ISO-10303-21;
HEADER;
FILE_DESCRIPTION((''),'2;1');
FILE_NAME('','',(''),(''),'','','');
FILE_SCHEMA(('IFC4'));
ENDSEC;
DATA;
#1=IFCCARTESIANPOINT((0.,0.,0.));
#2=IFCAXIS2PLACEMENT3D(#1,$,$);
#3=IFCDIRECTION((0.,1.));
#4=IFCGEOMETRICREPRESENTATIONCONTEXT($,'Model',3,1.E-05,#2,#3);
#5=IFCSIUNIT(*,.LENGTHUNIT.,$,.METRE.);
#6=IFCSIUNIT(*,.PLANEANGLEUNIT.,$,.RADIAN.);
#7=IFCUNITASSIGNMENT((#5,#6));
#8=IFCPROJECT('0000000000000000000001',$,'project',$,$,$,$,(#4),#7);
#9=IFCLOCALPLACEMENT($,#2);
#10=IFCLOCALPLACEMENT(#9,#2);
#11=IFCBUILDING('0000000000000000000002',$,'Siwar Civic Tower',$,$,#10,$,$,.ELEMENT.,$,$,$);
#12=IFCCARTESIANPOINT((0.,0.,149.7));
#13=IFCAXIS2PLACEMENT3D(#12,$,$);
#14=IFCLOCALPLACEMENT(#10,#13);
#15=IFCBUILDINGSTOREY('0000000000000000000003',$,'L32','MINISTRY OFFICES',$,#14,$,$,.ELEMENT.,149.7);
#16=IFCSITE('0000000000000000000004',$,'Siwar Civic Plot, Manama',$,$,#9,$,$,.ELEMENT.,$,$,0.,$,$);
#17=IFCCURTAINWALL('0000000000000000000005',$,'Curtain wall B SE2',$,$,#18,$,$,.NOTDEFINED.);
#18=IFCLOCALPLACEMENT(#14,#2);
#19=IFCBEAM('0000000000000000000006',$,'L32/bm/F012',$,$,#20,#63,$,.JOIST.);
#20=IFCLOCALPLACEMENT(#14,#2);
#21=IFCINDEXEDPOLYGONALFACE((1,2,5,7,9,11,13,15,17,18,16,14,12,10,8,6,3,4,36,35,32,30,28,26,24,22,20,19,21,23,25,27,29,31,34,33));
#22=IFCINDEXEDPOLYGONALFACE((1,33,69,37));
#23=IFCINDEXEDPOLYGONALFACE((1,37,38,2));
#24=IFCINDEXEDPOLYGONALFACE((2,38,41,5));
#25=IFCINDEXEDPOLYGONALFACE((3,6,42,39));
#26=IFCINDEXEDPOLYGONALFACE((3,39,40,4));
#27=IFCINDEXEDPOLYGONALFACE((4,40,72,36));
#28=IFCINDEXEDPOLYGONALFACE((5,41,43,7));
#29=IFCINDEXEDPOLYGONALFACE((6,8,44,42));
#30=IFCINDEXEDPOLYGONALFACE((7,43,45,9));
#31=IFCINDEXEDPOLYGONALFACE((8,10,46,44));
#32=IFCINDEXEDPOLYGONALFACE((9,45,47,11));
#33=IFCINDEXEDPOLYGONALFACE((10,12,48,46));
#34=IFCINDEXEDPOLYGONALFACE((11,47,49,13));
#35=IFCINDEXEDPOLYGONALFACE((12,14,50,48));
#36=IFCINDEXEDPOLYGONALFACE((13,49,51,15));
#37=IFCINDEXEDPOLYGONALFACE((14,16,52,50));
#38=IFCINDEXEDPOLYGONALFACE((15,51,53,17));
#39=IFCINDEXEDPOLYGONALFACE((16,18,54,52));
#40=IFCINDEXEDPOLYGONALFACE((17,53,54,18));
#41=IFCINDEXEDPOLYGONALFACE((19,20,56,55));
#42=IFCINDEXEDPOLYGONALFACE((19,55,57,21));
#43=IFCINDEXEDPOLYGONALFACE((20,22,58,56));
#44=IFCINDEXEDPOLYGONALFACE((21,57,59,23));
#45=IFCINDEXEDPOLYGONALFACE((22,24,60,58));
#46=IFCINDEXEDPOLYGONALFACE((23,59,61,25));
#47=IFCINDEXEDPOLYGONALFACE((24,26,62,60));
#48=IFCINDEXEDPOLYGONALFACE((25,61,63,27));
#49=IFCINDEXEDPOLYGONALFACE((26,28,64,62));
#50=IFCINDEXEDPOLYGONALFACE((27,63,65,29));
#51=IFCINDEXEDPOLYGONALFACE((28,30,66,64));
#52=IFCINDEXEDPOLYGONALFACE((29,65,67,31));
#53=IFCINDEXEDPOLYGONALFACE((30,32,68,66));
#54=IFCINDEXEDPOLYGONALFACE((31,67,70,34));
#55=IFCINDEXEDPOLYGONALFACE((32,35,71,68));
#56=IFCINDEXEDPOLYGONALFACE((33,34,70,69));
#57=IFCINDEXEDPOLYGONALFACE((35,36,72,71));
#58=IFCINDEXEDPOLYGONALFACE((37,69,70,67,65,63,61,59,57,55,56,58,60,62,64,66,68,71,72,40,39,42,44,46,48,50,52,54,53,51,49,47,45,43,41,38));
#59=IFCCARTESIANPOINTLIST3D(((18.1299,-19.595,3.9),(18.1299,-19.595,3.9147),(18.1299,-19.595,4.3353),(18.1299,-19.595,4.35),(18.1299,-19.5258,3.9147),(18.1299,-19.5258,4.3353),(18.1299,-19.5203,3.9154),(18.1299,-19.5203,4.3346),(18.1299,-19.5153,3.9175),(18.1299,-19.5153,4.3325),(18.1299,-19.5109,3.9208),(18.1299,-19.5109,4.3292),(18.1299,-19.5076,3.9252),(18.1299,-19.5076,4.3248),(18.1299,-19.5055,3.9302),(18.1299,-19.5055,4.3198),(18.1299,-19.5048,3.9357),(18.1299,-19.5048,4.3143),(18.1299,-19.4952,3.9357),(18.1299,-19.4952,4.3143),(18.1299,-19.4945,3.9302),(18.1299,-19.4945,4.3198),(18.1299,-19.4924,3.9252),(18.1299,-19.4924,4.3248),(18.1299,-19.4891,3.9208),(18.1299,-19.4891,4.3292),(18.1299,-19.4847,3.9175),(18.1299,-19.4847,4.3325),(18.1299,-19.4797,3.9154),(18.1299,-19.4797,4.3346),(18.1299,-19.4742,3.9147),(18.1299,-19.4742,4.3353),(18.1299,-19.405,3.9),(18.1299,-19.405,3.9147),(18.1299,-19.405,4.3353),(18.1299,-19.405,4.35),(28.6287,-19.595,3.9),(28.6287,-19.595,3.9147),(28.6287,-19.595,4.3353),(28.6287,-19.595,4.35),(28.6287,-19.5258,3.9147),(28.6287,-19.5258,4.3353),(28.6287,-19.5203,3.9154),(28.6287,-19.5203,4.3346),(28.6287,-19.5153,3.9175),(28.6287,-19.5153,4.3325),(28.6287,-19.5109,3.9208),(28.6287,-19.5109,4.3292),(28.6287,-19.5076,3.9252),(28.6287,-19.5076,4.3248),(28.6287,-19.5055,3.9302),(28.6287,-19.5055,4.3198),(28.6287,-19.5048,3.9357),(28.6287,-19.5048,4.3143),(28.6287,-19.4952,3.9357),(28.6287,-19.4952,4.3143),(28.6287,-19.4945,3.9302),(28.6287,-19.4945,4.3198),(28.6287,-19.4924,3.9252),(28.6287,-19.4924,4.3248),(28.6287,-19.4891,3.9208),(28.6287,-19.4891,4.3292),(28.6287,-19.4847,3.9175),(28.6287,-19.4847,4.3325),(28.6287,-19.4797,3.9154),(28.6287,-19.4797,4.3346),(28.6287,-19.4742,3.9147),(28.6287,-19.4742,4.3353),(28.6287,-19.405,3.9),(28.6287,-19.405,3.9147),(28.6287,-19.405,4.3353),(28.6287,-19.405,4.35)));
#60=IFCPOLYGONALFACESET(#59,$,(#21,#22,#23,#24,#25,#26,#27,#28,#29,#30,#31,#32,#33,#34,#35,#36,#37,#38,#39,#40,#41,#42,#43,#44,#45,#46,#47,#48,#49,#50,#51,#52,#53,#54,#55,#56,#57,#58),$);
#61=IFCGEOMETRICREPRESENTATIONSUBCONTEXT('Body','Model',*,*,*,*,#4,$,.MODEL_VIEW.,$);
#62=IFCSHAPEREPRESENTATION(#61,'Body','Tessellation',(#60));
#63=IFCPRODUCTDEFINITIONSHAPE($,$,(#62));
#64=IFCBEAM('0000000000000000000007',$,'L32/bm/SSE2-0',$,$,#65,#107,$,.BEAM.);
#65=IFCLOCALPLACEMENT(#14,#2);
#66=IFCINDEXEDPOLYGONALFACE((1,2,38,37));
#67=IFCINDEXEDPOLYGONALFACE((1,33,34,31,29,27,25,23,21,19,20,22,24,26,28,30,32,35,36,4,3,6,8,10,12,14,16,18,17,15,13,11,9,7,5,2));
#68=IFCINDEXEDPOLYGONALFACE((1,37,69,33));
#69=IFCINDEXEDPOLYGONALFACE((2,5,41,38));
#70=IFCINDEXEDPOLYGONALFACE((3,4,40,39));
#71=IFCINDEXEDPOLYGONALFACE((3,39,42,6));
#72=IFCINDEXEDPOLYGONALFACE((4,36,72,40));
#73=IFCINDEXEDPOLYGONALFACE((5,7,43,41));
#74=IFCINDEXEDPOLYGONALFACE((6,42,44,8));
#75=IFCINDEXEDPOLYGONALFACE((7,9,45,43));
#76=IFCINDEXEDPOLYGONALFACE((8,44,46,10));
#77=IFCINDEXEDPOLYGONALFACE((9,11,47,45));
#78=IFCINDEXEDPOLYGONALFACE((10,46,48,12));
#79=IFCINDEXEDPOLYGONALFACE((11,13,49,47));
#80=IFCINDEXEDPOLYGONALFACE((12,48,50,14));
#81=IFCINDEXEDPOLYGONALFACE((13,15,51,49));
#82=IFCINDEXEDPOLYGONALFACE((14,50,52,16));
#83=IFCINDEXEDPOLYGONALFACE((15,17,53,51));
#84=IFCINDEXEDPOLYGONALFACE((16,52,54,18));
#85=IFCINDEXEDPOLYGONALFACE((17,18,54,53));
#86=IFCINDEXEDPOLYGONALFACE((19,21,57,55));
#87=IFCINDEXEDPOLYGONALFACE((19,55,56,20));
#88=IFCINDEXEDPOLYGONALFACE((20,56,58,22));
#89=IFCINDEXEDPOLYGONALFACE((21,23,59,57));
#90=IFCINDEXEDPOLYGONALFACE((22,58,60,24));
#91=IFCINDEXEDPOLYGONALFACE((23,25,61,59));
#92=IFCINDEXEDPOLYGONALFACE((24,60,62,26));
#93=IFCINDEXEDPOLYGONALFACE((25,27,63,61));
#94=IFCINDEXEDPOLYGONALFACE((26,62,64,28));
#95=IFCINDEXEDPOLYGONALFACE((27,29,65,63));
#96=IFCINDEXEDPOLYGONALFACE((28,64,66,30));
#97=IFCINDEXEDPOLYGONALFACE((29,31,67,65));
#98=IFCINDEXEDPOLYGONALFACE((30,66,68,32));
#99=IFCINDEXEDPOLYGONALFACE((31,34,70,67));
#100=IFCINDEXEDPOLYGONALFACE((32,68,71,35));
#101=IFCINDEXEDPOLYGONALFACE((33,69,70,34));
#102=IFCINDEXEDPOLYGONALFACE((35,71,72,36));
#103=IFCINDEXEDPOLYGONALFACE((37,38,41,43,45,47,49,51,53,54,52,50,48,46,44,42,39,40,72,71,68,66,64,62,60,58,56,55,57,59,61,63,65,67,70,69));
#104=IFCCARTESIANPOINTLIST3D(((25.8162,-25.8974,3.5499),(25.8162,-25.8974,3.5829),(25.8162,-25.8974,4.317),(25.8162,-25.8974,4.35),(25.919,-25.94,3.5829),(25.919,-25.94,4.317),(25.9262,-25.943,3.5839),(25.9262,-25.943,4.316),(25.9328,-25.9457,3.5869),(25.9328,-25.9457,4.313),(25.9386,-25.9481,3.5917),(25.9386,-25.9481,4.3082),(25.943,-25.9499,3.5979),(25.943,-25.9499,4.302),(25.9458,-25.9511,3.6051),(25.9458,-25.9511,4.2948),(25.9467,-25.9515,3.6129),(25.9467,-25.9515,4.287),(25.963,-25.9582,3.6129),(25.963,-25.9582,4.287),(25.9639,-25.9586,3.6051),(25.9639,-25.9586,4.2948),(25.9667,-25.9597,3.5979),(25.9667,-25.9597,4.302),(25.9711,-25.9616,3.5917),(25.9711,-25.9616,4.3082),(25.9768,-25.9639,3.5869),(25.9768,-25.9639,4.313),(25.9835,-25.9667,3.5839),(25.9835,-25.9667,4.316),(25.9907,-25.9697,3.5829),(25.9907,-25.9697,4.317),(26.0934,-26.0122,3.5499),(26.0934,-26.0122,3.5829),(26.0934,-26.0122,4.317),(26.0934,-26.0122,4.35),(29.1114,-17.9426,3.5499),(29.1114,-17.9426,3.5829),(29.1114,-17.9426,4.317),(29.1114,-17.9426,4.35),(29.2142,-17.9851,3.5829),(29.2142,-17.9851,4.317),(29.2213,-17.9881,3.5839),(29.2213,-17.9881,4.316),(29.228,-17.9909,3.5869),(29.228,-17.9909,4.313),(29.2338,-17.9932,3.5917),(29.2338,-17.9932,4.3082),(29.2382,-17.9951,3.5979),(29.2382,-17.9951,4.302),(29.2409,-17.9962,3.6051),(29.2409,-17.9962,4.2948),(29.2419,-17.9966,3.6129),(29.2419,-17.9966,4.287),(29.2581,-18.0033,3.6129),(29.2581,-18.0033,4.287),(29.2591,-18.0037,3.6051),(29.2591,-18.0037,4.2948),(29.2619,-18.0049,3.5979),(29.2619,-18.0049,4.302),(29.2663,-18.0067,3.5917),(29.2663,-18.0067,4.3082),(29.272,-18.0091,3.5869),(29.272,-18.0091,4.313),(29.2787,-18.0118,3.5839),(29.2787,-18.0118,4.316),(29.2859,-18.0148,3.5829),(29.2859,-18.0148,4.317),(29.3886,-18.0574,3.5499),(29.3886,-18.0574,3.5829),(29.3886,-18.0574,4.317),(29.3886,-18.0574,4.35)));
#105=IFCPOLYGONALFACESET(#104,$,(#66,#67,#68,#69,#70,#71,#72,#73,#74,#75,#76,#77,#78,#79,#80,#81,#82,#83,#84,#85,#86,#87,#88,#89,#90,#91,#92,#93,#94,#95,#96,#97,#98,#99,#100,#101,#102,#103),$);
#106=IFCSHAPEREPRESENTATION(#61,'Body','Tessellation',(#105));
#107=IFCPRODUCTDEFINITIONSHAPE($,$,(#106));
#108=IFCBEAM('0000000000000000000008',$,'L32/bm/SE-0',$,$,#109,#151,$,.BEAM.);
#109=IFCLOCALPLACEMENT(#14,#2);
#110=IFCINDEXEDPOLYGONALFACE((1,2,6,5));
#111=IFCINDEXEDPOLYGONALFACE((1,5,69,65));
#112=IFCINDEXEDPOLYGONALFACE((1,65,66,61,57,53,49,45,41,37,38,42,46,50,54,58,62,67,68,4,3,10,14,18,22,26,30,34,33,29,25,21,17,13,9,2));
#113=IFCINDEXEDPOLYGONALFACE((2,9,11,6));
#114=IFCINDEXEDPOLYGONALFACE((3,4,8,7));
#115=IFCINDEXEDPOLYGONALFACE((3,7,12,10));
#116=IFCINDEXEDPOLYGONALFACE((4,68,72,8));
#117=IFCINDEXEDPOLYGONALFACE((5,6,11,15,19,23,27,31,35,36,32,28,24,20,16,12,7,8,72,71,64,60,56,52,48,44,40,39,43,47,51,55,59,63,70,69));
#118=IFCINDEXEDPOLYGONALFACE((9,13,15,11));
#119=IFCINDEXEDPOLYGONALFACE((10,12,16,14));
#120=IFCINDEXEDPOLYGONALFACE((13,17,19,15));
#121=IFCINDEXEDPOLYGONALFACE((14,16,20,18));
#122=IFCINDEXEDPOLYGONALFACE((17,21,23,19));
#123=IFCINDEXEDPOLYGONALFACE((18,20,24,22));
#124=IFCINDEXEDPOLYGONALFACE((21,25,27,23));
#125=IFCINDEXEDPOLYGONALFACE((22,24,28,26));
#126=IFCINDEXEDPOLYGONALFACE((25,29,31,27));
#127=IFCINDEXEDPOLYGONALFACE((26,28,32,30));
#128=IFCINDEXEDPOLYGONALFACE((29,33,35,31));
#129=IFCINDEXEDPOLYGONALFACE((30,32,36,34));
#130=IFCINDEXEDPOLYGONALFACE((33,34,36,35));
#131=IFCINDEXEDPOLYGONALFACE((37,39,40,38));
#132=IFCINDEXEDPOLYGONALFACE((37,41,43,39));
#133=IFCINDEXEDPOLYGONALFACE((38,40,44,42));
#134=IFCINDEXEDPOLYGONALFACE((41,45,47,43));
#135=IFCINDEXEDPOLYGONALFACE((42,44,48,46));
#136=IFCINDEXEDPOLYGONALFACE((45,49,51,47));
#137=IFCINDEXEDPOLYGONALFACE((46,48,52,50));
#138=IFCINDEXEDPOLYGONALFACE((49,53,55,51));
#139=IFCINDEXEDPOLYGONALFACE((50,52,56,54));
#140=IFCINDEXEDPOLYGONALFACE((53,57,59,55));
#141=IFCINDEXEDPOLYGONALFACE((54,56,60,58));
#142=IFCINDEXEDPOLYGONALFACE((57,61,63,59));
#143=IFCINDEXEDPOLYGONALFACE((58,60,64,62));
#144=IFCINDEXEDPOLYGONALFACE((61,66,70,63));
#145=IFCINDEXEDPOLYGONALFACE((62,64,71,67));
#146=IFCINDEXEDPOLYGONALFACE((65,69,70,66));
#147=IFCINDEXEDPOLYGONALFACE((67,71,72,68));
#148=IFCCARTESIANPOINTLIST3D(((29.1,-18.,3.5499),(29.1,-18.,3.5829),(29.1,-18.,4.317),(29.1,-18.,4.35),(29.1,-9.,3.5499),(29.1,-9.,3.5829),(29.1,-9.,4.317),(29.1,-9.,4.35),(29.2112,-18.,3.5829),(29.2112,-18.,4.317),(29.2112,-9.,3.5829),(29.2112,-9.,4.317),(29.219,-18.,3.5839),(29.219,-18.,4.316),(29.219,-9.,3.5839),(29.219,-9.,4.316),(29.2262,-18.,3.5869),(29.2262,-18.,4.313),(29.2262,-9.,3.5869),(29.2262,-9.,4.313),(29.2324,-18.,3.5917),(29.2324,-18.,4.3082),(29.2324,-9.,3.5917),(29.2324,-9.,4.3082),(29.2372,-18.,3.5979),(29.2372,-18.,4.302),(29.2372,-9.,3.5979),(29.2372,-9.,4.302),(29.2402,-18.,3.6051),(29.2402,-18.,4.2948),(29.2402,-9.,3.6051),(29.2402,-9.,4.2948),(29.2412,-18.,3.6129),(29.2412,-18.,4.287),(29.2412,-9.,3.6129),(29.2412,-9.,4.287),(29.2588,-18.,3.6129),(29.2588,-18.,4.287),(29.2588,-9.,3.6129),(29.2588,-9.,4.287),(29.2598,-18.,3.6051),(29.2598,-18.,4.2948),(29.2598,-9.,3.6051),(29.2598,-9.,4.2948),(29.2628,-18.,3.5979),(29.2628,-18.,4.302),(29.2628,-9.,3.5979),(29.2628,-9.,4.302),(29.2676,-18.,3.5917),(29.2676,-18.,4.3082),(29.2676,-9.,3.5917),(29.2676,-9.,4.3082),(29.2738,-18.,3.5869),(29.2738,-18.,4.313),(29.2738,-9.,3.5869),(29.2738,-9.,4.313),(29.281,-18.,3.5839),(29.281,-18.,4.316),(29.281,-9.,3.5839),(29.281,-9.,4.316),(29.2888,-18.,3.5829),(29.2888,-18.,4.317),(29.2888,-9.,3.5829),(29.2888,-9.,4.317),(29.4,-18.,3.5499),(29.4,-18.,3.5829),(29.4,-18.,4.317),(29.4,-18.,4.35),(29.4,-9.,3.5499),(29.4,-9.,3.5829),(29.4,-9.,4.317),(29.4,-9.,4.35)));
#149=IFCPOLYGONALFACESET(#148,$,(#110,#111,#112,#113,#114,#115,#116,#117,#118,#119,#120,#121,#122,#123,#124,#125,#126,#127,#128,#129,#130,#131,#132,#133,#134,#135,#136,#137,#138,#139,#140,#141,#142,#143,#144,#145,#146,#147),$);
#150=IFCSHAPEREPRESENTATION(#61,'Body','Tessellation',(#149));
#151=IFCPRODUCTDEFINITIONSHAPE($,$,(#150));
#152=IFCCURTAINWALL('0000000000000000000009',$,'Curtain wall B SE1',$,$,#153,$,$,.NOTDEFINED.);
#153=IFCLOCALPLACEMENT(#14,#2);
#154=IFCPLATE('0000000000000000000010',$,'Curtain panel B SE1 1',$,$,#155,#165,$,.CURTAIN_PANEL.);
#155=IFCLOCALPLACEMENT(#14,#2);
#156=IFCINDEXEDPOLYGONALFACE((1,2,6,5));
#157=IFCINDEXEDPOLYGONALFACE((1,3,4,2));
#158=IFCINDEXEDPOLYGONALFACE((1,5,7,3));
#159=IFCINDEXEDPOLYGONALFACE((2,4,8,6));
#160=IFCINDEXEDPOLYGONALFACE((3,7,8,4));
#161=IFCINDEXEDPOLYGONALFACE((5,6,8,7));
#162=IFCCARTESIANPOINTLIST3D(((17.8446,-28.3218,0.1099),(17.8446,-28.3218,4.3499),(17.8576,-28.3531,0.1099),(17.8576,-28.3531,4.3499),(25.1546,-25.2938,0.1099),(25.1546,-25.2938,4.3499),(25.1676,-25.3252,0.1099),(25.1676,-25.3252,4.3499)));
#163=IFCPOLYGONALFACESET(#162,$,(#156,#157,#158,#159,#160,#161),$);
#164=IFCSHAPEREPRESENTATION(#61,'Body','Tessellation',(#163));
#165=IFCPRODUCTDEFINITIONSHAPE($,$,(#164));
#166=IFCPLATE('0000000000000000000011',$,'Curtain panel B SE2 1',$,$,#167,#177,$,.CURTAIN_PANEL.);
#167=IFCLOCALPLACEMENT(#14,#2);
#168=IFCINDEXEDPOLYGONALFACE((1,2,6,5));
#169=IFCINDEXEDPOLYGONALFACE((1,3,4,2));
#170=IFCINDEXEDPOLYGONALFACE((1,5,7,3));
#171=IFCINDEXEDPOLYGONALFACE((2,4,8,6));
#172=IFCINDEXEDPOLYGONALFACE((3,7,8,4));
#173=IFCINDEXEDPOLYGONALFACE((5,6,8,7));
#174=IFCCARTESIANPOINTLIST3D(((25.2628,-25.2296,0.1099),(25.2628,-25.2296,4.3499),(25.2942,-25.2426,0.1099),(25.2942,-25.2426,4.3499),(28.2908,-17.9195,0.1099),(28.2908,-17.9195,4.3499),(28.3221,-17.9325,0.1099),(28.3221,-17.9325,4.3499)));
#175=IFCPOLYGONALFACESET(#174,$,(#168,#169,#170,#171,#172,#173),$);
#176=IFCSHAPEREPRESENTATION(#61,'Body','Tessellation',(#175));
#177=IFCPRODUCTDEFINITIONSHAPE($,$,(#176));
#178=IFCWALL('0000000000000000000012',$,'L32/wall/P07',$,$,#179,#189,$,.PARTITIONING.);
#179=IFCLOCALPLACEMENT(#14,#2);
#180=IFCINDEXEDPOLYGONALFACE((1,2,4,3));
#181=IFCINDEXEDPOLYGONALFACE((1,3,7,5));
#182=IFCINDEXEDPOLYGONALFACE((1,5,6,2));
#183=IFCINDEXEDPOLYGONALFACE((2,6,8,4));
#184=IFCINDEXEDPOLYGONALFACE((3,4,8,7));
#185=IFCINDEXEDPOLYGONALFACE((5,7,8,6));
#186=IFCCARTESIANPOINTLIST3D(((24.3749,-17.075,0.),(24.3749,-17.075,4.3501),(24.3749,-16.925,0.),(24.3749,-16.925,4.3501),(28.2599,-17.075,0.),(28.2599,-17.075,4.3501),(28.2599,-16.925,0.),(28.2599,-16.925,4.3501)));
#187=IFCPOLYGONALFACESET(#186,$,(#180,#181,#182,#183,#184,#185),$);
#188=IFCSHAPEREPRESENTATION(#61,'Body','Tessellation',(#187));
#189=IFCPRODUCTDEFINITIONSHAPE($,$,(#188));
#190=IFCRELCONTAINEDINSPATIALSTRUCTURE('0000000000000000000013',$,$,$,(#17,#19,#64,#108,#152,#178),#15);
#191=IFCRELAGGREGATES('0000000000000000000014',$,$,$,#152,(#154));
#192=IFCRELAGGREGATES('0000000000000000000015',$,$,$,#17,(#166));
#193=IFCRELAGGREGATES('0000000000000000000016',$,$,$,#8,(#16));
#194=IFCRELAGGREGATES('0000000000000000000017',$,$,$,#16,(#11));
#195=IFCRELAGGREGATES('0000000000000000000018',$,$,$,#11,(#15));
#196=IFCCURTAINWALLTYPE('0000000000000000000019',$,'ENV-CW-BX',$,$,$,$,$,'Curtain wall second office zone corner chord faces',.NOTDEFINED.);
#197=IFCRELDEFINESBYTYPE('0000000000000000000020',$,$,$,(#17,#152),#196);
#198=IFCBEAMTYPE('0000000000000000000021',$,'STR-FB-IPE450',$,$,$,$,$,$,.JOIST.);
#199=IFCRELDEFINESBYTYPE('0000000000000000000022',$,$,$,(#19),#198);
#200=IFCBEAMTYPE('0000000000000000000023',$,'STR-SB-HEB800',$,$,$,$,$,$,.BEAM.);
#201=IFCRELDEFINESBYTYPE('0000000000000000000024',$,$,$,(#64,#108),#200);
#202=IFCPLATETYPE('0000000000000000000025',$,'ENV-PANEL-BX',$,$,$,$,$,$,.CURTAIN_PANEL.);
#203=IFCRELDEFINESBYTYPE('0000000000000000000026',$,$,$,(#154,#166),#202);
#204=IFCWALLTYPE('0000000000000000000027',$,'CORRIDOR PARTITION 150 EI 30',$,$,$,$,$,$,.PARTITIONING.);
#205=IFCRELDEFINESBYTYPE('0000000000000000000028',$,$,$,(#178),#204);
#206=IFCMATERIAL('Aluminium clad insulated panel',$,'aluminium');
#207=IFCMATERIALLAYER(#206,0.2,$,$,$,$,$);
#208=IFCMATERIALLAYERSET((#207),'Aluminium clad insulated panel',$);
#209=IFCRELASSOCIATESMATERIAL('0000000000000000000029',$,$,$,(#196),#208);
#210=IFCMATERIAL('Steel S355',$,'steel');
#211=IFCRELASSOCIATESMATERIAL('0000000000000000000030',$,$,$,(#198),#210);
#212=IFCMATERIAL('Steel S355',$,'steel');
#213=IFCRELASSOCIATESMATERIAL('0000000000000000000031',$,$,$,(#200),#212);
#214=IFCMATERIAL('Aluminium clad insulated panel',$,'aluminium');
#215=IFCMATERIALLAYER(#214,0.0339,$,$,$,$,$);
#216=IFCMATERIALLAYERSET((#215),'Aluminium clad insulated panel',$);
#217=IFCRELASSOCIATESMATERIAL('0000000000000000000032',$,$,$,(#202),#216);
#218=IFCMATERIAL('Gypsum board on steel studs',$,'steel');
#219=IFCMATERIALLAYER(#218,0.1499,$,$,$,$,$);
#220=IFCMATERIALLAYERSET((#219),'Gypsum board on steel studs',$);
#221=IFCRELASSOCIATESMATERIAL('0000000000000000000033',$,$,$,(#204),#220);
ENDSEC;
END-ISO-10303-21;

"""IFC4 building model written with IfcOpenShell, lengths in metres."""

from ifc_helpers import new_model, si_unit, direction, frame, frame_2d, origin, origin_2d, place, context, subcontext, project, spatial, rectangle, i_section, extrude, material, layer, layer_set, material_profile, profile_set, type_object, element, aggregate, save


model = new_model("IFC4")

# Units and contexts
model_context = context("Model", 3, precision=1e-05, world=origin(), true_north=direction((0.0, 1.0)))
body_context = subcontext(model_context, "Body", "Model", "MODEL_VIEW")
ifc_project = project(units=[si_unit("LENGTHUNIT", "METRE"), si_unit("PLANEANGLEUNIT", "RADIAN")], contexts=[model_context])

# Site, building, storey
site_placement = place(None, origin())
site = spatial("IfcSite", under=ifc_project, at=site_placement, Name="Siwar Civic Plot, Manama", CompositionType="ELEMENT", RefElevation=0.0)
building_placement = place(site_placement, origin())
building = spatial("IfcBuilding", under=site, at=building_placement, Name="Siwar Civic Tower", CompositionType="ELEMENT")
storey_placement = place(building_placement, frame((0.0, 0.0, 149.7)))
storey = spatial("IfcBuildingStorey", under=building, at=storey_placement, Name="L32", Description="MINISTRY OFFICES", CompositionType="ELEMENT", Elevation=149.7)

# Curtain wall
ifc_material_1 = material(Name="Aluminium clad insulated panel", Category="aluminium")
ifc_layer_1 = layer(ifc_material_1, 0.2)
ifc_layer_set_1 = layer_set([ifc_layer_1], Name="Aluminium clad insulated panel")
curtain_wall_type_1 = type_object("IfcCurtainWallType", Name="ENV-CW-BX", ElementType="Curtain wall second office zone corner chord faces", PredefinedType="NOTDEFINED", material=ifc_layer_set_1)
curtain_wall_1_placement = place(storey_placement, origin())
curtain_wall_1 = element("IfcCurtainWall", 1, at=curtain_wall_1_placement, inside=storey, type_object=curtain_wall_type_1, Name="Curtain wall B SE2", PredefinedType="NOTDEFINED")

# Beams
ifc_material_2 = material(Name="Steel S355", Category="steel")
ifc_material_profile_1 = material_profile(ifc_material_2, i_section(OverallWidth=0.1899, OverallDepth=0.45, WebThickness=0.0095, FlangeThickness=0.0146, FilletRadius=0.021, at=origin_2d()), Name="IPE450")
ifc_profile_set_1 = profile_set([ifc_material_profile_1], Name="Steel S355")
beam_type_1 = type_object("IfcBeamType", Name="STR-FB-IPE450", PredefinedType="JOIST", material=ifc_profile_set_1)
beam_1_placement = place(storey_placement, frame((18.1299, -19.5, 4.125), z_axis=(1.0, 0.0, 0.0), x_axis=(0.0, 1.0, 0.0)))
element("IfcBeam", 2, at=beam_1_placement, inside=storey, type_object=beam_type_1, Name="L32/bm/F012", PredefinedType="JOIST", context=body_context, shape_type="SweptSolid", body=[
    extrude(i_section(OverallWidth=0.1899, OverallDepth=0.45, WebThickness=0.0095, FlangeThickness=0.0146, FilletRadius=0.021, at=origin_2d()), origin(), (0.0, 0.0, 1.0), 10.4988),
])
ifc_material_3 = material(Name="Steel S355", Category="steel")
ifc_material_profile_2 = material_profile(ifc_material_3, i_section(OverallWidth=0.3, OverallDepth=0.8, WebThickness=0.0176, FlangeThickness=0.033, FilletRadius=0.03, at=origin_2d()), Name="HEB800")
ifc_profile_set_2 = profile_set([ifc_material_profile_2], Name="Steel S355")
beam_type_2 = type_object("IfcBeamType", Name="STR-SB-HEB800", PredefinedType="BEAM", material=ifc_profile_set_2)
beam_2_placement = place(storey_placement, frame((25.9548, -25.9548, 3.95), z_axis=(0.3827, 0.923873, 0.0), x_axis=(-0.923873, 0.3827, 0.0)))
element("IfcBeam", 3, at=beam_2_placement, inside=storey, type_object=beam_type_2, Name="L32/bm/SSE2-0", PredefinedType="BEAM", context=body_context, shape_type="SweptSolid", body=[
    extrude(i_section(OverallWidth=0.3, OverallDepth=0.8, WebThickness=0.0176, FlangeThickness=0.033, FilletRadius=0.03, at=origin_2d()), origin(), (0.0, 0.0, 1.0), 8.6104),
])
beam_3_placement = place(storey_placement, frame((29.25, -18.0, 3.95), z_axis=(0.0, 1.0, 0.0), x_axis=(-1.0, 0.0, 0.0)))
element("IfcBeam", 4, at=beam_3_placement, inside=storey, type_object=beam_type_2, Name="L32/bm/SE-0", PredefinedType="BEAM", context=body_context, shape_type="SweptSolid", body=[
    extrude(i_section(OverallWidth=0.3, OverallDepth=0.8, WebThickness=0.0176, FlangeThickness=0.033, FilletRadius=0.03, at=origin_2d()), origin(), (0.0, 0.0, 1.0), 9.0),
])

# Curtain wall, plate
curtain_wall_2_placement = place(storey_placement, origin())
curtain_wall_2 = element("IfcCurtainWall", 5, at=curtain_wall_2_placement, inside=storey, type_object=curtain_wall_type_1, Name="Curtain wall B SE1", PredefinedType="NOTDEFINED")
ifc_material_4 = material(Name="Aluminium clad insulated panel", Category="aluminium")
ifc_layer_2 = layer(ifc_material_4, 0.0339)
ifc_layer_set_2 = layer_set([ifc_layer_2], Name="Aluminium clad insulated panel")
plate_type = type_object("IfcPlateType", Name="ENV-PANEL-BX", PredefinedType="CURTAIN_PANEL", material=ifc_layer_set_2)
plate_1_placement = place(storey_placement, frame((21.5061, -26.8235, 0.1099), z_axis=(0.0, 0.0, 1.0), x_axis=(0.92388, 0.382683, 0.0)))
plate_1 = element("IfcPlate", 6, at=plate_1_placement, type_object=plate_type, Name="Curtain panel B SE1 1", PredefinedType="CURTAIN_PANEL", context=body_context, shape_type="SweptSolid", body=[
    extrude(rectangle(XDim=7.9124, YDim=0.0339, at=origin_2d()), origin(), (0.0, 0.0, 1.0), 4.24),
])
aggregate(curtain_wall_2, [plate_1])

# Plate
plate_2_placement = place(storey_placement, frame((26.7925, -21.5811, 0.1099), z_axis=(0.0, 0.0, 1.0), x_axis=(0.382683, 0.92388, 0.0)))
plate_2 = element("IfcPlate", 7, at=plate_2_placement, type_object=plate_type, Name="Curtain panel B SE2 1", PredefinedType="CURTAIN_PANEL", context=body_context, shape_type="SweptSolid", body=[
    extrude(rectangle(XDim=7.9124, YDim=0.0339, at=origin_2d()), origin(), (0.0, 0.0, 1.0), 4.24),
])
aggregate(curtain_wall_1, [plate_2])

# Wall
ifc_material_5 = material(Name="Gypsum board on steel studs", Category="steel")
ifc_layer_3 = layer(ifc_material_5, 0.1499)
ifc_layer_set_3 = layer_set([ifc_layer_3], Name="Gypsum board on steel studs")
wall_type_1 = type_object("IfcWallType", Name="CORRIDOR PARTITION 150 EI 30", PredefinedType="PARTITIONING", material=ifc_layer_set_3)
wall_1_placement = place(storey_placement, frame((24.375, -17.0, 0.0), z_axis=(0.0, 0.0, 1.0), x_axis=(1.0, 0.0, 0.0)))
element("IfcWall", 8, at=wall_1_placement, inside=storey, type_object=wall_type_1, Name="L32/wall/P07", PredefinedType="PARTITIONING", context=body_context, shape_type="SweptSolid", body=[
    extrude(rectangle(XDim=3.885, YDim=0.1499, at=frame_2d((1.9424, 0.0))), origin(), (0.0, 0.0, 1.0), 4.3501),
])

save(model, "model.ifc")
